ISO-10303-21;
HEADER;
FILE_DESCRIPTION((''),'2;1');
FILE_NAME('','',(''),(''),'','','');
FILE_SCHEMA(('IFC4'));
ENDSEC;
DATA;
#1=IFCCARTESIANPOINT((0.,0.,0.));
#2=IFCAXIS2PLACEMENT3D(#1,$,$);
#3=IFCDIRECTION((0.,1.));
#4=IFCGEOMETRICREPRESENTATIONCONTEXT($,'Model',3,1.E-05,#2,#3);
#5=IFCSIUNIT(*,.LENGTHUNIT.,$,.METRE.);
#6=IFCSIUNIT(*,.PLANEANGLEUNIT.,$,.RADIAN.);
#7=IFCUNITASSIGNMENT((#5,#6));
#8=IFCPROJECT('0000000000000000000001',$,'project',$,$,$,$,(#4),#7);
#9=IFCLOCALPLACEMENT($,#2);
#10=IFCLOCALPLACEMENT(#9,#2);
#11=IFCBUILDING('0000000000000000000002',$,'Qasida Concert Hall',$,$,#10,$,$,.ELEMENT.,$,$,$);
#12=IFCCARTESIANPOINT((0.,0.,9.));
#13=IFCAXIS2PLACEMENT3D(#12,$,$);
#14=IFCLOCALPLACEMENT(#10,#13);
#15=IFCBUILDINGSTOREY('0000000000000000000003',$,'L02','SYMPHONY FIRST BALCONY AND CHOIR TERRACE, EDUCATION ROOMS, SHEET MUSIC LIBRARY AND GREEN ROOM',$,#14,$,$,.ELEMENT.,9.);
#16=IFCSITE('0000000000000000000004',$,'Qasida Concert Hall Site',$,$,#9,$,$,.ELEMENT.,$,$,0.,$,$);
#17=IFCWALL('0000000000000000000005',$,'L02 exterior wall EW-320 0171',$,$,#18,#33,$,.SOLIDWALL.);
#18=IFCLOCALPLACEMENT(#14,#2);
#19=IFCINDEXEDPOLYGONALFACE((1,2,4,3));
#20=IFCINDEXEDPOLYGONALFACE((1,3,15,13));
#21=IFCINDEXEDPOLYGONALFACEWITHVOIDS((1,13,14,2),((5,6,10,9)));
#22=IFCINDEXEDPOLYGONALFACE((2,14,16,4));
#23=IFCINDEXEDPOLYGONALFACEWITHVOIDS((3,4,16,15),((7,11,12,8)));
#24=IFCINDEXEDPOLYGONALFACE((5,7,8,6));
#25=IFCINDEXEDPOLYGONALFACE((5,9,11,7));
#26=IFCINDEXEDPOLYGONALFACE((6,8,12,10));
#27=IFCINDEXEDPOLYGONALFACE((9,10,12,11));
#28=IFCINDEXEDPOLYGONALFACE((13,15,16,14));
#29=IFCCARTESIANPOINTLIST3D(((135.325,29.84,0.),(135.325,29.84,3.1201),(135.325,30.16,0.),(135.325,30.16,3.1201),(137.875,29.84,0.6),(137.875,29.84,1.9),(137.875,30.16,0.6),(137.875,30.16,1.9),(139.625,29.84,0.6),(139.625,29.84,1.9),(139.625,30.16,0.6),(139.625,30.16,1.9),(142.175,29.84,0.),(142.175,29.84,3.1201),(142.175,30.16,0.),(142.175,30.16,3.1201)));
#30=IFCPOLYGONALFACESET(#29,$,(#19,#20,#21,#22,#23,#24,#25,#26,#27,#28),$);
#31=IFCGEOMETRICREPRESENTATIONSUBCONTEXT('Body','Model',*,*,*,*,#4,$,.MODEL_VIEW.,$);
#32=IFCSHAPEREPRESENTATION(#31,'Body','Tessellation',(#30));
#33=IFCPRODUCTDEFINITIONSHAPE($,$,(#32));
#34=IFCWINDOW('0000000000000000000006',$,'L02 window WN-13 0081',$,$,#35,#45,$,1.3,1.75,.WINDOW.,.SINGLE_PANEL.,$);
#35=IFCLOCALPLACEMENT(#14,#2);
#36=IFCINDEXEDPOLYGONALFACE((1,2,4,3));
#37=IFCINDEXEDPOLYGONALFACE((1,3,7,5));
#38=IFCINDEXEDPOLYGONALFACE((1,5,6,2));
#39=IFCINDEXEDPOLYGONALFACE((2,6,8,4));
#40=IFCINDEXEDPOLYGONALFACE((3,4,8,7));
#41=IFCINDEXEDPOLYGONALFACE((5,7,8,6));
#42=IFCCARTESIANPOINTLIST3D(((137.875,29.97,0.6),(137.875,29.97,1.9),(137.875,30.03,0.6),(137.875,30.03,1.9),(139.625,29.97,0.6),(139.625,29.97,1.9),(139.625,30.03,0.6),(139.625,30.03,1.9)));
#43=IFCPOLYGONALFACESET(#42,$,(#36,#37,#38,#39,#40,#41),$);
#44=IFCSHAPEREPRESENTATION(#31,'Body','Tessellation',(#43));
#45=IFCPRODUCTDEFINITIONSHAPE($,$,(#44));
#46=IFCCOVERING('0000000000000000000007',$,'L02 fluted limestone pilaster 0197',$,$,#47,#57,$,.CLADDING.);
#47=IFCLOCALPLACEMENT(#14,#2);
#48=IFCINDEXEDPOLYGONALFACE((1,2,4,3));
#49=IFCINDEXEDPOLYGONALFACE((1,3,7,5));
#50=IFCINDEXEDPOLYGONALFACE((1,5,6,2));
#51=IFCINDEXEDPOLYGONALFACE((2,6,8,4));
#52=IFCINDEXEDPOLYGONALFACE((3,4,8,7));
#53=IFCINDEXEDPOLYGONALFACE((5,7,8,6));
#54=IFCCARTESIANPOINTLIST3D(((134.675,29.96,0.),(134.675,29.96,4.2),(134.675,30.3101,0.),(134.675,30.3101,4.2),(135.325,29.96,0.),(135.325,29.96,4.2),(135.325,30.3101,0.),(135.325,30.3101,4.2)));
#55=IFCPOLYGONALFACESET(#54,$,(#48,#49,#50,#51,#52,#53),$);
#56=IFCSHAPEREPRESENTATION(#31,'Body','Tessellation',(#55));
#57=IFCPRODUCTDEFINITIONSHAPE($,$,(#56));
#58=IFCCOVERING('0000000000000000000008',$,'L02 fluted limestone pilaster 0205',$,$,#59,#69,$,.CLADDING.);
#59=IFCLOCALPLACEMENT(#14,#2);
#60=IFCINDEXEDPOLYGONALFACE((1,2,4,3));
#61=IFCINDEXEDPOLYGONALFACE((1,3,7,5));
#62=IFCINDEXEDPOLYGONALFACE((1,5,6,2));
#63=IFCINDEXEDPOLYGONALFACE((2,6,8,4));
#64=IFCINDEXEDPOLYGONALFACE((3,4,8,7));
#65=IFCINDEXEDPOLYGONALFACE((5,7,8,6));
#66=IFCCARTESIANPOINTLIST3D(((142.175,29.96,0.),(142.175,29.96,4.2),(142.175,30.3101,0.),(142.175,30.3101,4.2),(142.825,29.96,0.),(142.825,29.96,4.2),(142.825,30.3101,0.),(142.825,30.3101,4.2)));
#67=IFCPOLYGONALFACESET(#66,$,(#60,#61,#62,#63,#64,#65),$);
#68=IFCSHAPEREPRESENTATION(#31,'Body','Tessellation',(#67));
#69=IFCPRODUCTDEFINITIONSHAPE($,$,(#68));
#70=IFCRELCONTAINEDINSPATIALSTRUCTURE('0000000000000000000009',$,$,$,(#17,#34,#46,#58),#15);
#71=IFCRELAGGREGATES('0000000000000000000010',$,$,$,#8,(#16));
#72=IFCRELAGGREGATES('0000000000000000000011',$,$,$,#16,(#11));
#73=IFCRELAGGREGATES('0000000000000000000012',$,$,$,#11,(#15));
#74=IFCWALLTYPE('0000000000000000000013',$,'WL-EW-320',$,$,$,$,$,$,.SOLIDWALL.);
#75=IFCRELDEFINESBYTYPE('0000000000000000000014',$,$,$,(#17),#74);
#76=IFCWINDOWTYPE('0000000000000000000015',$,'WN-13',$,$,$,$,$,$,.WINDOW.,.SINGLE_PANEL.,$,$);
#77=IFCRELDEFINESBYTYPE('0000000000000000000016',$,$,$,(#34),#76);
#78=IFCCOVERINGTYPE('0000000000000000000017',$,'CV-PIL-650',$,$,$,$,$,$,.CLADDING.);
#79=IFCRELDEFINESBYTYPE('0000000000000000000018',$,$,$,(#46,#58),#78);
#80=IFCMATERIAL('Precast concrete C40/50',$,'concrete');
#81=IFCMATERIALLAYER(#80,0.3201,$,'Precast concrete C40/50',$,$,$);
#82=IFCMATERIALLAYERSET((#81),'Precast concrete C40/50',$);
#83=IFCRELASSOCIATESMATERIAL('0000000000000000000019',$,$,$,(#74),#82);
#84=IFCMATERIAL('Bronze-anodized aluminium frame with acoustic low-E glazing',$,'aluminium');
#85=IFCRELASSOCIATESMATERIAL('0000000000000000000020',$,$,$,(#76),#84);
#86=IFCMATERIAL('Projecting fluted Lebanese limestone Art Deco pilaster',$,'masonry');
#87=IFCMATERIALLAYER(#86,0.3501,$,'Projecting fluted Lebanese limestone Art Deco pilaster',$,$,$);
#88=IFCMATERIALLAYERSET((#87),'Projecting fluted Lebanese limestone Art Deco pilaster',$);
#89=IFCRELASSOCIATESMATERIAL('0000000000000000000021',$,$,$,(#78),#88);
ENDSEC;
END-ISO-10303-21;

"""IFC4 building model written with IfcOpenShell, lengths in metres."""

from ifc_helpers import new_model, si_unit, direction, frame, frame_2d, origin, origin_2d, place, context, subcontext, project, spatial, rectangle, extrude, material, layer, layer_set, type_object, element, fill, save


model = new_model("IFC4")

# Units and contexts
model_context = context("Model", 3, precision=1e-05, world=origin(), true_north=direction((0.0, 1.0)))
body_context = subcontext(model_context, "Body", "Model", "MODEL_VIEW")
ifc_project = project(units=[si_unit("LENGTHUNIT", "METRE"), si_unit("PLANEANGLEUNIT", "RADIAN")], contexts=[model_context])

# Site, building, storey
site_placement = place(None, origin())
site = spatial("IfcSite", under=ifc_project, at=site_placement, Name="Qasida Concert Hall Site", CompositionType="ELEMENT", RefElevation=0.0)
building_placement = place(site_placement, origin())
building = spatial("IfcBuilding", under=site, at=building_placement, Name="Qasida Concert Hall", CompositionType="ELEMENT")
storey_placement = place(building_placement, frame((0.0, 0.0, 9.0)))
storey = spatial("IfcBuildingStorey", under=building, at=storey_placement, Name="L02", Description="SYMPHONY FIRST BALCONY AND CHOIR TERRACE, EDUCATION ROOMS, SHEET MUSIC LIBRARY AND GREEN ROOM", CompositionType="ELEMENT", Elevation=9.0)

# Wall, opening, window
ifc_material_1 = material(Name="Precast concrete C40/50", Category="concrete")
ifc_layer_1 = layer(ifc_material_1, 0.3201, Name="Precast concrete C40/50")
ifc_layer_set_1 = layer_set([ifc_layer_1], Name="Precast concrete C40/50")
wall_type = type_object("IfcWallType", Name="WL-EW-320", PredefinedType="SOLIDWALL", material=ifc_layer_set_1)
ifc_material_2 = material(Name="Bronze-anodized aluminium frame with acoustic low-E glazing", Category="aluminium")
wall_1_placement = place(storey_placement, frame((142.175, 30.0, 0.0), z_axis=(0.0, 0.0, 1.0), x_axis=(-1.0, 0.0, 0.0)))
wall_1 = element("IfcWall", 1, at=wall_1_placement, inside=storey, type_object=wall_type, Name="L02 exterior wall EW-320 0171", PredefinedType="SOLIDWALL", context=body_context, shape_type="SweptSolid", body=[
    extrude(rectangle(XDim=6.8501, YDim=0.3201, at=frame_2d((3.425, 0.0))), origin(), (0.0, 0.0, 1.0), 3.1201),
])
opening_1_placement = place(wall_1_placement, frame((2.55, 0.0, 0.6001)))
opening_1 = element("IfcOpeningElement", 2, at=opening_1_placement, cuts=wall_1, PredefinedType="OPENING", context=body_context, shape_type="SweptSolid", body=[
    extrude(rectangle(XDim=1.75, YDim=1.3, at=frame_2d((0.875, 0.6499))), frame((0.0, 0.1699, 0.0), z_axis=(0.0, -1.0, 0.0), x_axis=(1.0, 0.0, 0.0)), (0.0, 0.0, 1.0), 0.3401),
])
window_type_1 = type_object("IfcWindowType", Name="WN-13", PartitioningType="SINGLE_PANEL", PredefinedType="WINDOW", material=ifc_material_2)
window_1_placement = place(opening_1_placement, origin())
window_1 = element("IfcWindow", 3, at=window_1_placement, inside=storey, type_object=window_type_1, Name="L02 window WN-13 0081", OverallHeight=1.3, OverallWidth=1.75, PartitioningType="SINGLE_PANEL", PredefinedType="WINDOW", context=body_context, shape_type="SweptSolid", body=[
    extrude(rectangle(XDim=1.75, YDim=1.3, at=frame_2d((0.875, 0.6499))), frame((0.0, 0.03, 0.0), z_axis=(0.0, -1.0, 0.0), x_axis=(1.0, 0.0, 0.0)), (0.0, 0.0, 1.0), 0.0601),
])
fill(opening_1, window_1)

# Coverings
ifc_material_3 = material(Name="Projecting fluted Lebanese limestone Art Deco pilaster", Category="masonry")
ifc_layer_2 = layer(ifc_material_3, 0.3501, Name="Projecting fluted Lebanese limestone Art Deco pilaster")
ifc_layer_set_2 = layer_set([ifc_layer_2], Name="Projecting fluted Lebanese limestone Art Deco pilaster")
covering_type = type_object("IfcCoveringType", Name="CV-PIL-650", PredefinedType="CLADDING", material=ifc_layer_set_2)
for number, where, z_axis, x_axis, name in (
    (4, (135.0, 30.135, 0.0), (0.0, 0.0, 1.0), (1.0, 0.0, 0.0), "L02 fluted limestone pilaster 0197"),
    (5, (142.5, 30.135, 0.0), (0.0, 0.0, 1.0), (1.0, 0.0, 0.0), "L02 fluted limestone pilaster 0205"),
):
    element("IfcCovering", number, at=place(storey_placement, frame(where, z_axis=z_axis, x_axis=x_axis)), inside=storey, type_object=covering_type, Name=name, PredefinedType="CLADDING", context=body_context, shape_type="SweptSolid", body=[
        extrude(rectangle(XDim=0.6499, YDim=0.3501, at=origin_2d()), origin(), (0.0, 0.0, 1.0), 4.2),
    ])

save(model, "model.ifc")
